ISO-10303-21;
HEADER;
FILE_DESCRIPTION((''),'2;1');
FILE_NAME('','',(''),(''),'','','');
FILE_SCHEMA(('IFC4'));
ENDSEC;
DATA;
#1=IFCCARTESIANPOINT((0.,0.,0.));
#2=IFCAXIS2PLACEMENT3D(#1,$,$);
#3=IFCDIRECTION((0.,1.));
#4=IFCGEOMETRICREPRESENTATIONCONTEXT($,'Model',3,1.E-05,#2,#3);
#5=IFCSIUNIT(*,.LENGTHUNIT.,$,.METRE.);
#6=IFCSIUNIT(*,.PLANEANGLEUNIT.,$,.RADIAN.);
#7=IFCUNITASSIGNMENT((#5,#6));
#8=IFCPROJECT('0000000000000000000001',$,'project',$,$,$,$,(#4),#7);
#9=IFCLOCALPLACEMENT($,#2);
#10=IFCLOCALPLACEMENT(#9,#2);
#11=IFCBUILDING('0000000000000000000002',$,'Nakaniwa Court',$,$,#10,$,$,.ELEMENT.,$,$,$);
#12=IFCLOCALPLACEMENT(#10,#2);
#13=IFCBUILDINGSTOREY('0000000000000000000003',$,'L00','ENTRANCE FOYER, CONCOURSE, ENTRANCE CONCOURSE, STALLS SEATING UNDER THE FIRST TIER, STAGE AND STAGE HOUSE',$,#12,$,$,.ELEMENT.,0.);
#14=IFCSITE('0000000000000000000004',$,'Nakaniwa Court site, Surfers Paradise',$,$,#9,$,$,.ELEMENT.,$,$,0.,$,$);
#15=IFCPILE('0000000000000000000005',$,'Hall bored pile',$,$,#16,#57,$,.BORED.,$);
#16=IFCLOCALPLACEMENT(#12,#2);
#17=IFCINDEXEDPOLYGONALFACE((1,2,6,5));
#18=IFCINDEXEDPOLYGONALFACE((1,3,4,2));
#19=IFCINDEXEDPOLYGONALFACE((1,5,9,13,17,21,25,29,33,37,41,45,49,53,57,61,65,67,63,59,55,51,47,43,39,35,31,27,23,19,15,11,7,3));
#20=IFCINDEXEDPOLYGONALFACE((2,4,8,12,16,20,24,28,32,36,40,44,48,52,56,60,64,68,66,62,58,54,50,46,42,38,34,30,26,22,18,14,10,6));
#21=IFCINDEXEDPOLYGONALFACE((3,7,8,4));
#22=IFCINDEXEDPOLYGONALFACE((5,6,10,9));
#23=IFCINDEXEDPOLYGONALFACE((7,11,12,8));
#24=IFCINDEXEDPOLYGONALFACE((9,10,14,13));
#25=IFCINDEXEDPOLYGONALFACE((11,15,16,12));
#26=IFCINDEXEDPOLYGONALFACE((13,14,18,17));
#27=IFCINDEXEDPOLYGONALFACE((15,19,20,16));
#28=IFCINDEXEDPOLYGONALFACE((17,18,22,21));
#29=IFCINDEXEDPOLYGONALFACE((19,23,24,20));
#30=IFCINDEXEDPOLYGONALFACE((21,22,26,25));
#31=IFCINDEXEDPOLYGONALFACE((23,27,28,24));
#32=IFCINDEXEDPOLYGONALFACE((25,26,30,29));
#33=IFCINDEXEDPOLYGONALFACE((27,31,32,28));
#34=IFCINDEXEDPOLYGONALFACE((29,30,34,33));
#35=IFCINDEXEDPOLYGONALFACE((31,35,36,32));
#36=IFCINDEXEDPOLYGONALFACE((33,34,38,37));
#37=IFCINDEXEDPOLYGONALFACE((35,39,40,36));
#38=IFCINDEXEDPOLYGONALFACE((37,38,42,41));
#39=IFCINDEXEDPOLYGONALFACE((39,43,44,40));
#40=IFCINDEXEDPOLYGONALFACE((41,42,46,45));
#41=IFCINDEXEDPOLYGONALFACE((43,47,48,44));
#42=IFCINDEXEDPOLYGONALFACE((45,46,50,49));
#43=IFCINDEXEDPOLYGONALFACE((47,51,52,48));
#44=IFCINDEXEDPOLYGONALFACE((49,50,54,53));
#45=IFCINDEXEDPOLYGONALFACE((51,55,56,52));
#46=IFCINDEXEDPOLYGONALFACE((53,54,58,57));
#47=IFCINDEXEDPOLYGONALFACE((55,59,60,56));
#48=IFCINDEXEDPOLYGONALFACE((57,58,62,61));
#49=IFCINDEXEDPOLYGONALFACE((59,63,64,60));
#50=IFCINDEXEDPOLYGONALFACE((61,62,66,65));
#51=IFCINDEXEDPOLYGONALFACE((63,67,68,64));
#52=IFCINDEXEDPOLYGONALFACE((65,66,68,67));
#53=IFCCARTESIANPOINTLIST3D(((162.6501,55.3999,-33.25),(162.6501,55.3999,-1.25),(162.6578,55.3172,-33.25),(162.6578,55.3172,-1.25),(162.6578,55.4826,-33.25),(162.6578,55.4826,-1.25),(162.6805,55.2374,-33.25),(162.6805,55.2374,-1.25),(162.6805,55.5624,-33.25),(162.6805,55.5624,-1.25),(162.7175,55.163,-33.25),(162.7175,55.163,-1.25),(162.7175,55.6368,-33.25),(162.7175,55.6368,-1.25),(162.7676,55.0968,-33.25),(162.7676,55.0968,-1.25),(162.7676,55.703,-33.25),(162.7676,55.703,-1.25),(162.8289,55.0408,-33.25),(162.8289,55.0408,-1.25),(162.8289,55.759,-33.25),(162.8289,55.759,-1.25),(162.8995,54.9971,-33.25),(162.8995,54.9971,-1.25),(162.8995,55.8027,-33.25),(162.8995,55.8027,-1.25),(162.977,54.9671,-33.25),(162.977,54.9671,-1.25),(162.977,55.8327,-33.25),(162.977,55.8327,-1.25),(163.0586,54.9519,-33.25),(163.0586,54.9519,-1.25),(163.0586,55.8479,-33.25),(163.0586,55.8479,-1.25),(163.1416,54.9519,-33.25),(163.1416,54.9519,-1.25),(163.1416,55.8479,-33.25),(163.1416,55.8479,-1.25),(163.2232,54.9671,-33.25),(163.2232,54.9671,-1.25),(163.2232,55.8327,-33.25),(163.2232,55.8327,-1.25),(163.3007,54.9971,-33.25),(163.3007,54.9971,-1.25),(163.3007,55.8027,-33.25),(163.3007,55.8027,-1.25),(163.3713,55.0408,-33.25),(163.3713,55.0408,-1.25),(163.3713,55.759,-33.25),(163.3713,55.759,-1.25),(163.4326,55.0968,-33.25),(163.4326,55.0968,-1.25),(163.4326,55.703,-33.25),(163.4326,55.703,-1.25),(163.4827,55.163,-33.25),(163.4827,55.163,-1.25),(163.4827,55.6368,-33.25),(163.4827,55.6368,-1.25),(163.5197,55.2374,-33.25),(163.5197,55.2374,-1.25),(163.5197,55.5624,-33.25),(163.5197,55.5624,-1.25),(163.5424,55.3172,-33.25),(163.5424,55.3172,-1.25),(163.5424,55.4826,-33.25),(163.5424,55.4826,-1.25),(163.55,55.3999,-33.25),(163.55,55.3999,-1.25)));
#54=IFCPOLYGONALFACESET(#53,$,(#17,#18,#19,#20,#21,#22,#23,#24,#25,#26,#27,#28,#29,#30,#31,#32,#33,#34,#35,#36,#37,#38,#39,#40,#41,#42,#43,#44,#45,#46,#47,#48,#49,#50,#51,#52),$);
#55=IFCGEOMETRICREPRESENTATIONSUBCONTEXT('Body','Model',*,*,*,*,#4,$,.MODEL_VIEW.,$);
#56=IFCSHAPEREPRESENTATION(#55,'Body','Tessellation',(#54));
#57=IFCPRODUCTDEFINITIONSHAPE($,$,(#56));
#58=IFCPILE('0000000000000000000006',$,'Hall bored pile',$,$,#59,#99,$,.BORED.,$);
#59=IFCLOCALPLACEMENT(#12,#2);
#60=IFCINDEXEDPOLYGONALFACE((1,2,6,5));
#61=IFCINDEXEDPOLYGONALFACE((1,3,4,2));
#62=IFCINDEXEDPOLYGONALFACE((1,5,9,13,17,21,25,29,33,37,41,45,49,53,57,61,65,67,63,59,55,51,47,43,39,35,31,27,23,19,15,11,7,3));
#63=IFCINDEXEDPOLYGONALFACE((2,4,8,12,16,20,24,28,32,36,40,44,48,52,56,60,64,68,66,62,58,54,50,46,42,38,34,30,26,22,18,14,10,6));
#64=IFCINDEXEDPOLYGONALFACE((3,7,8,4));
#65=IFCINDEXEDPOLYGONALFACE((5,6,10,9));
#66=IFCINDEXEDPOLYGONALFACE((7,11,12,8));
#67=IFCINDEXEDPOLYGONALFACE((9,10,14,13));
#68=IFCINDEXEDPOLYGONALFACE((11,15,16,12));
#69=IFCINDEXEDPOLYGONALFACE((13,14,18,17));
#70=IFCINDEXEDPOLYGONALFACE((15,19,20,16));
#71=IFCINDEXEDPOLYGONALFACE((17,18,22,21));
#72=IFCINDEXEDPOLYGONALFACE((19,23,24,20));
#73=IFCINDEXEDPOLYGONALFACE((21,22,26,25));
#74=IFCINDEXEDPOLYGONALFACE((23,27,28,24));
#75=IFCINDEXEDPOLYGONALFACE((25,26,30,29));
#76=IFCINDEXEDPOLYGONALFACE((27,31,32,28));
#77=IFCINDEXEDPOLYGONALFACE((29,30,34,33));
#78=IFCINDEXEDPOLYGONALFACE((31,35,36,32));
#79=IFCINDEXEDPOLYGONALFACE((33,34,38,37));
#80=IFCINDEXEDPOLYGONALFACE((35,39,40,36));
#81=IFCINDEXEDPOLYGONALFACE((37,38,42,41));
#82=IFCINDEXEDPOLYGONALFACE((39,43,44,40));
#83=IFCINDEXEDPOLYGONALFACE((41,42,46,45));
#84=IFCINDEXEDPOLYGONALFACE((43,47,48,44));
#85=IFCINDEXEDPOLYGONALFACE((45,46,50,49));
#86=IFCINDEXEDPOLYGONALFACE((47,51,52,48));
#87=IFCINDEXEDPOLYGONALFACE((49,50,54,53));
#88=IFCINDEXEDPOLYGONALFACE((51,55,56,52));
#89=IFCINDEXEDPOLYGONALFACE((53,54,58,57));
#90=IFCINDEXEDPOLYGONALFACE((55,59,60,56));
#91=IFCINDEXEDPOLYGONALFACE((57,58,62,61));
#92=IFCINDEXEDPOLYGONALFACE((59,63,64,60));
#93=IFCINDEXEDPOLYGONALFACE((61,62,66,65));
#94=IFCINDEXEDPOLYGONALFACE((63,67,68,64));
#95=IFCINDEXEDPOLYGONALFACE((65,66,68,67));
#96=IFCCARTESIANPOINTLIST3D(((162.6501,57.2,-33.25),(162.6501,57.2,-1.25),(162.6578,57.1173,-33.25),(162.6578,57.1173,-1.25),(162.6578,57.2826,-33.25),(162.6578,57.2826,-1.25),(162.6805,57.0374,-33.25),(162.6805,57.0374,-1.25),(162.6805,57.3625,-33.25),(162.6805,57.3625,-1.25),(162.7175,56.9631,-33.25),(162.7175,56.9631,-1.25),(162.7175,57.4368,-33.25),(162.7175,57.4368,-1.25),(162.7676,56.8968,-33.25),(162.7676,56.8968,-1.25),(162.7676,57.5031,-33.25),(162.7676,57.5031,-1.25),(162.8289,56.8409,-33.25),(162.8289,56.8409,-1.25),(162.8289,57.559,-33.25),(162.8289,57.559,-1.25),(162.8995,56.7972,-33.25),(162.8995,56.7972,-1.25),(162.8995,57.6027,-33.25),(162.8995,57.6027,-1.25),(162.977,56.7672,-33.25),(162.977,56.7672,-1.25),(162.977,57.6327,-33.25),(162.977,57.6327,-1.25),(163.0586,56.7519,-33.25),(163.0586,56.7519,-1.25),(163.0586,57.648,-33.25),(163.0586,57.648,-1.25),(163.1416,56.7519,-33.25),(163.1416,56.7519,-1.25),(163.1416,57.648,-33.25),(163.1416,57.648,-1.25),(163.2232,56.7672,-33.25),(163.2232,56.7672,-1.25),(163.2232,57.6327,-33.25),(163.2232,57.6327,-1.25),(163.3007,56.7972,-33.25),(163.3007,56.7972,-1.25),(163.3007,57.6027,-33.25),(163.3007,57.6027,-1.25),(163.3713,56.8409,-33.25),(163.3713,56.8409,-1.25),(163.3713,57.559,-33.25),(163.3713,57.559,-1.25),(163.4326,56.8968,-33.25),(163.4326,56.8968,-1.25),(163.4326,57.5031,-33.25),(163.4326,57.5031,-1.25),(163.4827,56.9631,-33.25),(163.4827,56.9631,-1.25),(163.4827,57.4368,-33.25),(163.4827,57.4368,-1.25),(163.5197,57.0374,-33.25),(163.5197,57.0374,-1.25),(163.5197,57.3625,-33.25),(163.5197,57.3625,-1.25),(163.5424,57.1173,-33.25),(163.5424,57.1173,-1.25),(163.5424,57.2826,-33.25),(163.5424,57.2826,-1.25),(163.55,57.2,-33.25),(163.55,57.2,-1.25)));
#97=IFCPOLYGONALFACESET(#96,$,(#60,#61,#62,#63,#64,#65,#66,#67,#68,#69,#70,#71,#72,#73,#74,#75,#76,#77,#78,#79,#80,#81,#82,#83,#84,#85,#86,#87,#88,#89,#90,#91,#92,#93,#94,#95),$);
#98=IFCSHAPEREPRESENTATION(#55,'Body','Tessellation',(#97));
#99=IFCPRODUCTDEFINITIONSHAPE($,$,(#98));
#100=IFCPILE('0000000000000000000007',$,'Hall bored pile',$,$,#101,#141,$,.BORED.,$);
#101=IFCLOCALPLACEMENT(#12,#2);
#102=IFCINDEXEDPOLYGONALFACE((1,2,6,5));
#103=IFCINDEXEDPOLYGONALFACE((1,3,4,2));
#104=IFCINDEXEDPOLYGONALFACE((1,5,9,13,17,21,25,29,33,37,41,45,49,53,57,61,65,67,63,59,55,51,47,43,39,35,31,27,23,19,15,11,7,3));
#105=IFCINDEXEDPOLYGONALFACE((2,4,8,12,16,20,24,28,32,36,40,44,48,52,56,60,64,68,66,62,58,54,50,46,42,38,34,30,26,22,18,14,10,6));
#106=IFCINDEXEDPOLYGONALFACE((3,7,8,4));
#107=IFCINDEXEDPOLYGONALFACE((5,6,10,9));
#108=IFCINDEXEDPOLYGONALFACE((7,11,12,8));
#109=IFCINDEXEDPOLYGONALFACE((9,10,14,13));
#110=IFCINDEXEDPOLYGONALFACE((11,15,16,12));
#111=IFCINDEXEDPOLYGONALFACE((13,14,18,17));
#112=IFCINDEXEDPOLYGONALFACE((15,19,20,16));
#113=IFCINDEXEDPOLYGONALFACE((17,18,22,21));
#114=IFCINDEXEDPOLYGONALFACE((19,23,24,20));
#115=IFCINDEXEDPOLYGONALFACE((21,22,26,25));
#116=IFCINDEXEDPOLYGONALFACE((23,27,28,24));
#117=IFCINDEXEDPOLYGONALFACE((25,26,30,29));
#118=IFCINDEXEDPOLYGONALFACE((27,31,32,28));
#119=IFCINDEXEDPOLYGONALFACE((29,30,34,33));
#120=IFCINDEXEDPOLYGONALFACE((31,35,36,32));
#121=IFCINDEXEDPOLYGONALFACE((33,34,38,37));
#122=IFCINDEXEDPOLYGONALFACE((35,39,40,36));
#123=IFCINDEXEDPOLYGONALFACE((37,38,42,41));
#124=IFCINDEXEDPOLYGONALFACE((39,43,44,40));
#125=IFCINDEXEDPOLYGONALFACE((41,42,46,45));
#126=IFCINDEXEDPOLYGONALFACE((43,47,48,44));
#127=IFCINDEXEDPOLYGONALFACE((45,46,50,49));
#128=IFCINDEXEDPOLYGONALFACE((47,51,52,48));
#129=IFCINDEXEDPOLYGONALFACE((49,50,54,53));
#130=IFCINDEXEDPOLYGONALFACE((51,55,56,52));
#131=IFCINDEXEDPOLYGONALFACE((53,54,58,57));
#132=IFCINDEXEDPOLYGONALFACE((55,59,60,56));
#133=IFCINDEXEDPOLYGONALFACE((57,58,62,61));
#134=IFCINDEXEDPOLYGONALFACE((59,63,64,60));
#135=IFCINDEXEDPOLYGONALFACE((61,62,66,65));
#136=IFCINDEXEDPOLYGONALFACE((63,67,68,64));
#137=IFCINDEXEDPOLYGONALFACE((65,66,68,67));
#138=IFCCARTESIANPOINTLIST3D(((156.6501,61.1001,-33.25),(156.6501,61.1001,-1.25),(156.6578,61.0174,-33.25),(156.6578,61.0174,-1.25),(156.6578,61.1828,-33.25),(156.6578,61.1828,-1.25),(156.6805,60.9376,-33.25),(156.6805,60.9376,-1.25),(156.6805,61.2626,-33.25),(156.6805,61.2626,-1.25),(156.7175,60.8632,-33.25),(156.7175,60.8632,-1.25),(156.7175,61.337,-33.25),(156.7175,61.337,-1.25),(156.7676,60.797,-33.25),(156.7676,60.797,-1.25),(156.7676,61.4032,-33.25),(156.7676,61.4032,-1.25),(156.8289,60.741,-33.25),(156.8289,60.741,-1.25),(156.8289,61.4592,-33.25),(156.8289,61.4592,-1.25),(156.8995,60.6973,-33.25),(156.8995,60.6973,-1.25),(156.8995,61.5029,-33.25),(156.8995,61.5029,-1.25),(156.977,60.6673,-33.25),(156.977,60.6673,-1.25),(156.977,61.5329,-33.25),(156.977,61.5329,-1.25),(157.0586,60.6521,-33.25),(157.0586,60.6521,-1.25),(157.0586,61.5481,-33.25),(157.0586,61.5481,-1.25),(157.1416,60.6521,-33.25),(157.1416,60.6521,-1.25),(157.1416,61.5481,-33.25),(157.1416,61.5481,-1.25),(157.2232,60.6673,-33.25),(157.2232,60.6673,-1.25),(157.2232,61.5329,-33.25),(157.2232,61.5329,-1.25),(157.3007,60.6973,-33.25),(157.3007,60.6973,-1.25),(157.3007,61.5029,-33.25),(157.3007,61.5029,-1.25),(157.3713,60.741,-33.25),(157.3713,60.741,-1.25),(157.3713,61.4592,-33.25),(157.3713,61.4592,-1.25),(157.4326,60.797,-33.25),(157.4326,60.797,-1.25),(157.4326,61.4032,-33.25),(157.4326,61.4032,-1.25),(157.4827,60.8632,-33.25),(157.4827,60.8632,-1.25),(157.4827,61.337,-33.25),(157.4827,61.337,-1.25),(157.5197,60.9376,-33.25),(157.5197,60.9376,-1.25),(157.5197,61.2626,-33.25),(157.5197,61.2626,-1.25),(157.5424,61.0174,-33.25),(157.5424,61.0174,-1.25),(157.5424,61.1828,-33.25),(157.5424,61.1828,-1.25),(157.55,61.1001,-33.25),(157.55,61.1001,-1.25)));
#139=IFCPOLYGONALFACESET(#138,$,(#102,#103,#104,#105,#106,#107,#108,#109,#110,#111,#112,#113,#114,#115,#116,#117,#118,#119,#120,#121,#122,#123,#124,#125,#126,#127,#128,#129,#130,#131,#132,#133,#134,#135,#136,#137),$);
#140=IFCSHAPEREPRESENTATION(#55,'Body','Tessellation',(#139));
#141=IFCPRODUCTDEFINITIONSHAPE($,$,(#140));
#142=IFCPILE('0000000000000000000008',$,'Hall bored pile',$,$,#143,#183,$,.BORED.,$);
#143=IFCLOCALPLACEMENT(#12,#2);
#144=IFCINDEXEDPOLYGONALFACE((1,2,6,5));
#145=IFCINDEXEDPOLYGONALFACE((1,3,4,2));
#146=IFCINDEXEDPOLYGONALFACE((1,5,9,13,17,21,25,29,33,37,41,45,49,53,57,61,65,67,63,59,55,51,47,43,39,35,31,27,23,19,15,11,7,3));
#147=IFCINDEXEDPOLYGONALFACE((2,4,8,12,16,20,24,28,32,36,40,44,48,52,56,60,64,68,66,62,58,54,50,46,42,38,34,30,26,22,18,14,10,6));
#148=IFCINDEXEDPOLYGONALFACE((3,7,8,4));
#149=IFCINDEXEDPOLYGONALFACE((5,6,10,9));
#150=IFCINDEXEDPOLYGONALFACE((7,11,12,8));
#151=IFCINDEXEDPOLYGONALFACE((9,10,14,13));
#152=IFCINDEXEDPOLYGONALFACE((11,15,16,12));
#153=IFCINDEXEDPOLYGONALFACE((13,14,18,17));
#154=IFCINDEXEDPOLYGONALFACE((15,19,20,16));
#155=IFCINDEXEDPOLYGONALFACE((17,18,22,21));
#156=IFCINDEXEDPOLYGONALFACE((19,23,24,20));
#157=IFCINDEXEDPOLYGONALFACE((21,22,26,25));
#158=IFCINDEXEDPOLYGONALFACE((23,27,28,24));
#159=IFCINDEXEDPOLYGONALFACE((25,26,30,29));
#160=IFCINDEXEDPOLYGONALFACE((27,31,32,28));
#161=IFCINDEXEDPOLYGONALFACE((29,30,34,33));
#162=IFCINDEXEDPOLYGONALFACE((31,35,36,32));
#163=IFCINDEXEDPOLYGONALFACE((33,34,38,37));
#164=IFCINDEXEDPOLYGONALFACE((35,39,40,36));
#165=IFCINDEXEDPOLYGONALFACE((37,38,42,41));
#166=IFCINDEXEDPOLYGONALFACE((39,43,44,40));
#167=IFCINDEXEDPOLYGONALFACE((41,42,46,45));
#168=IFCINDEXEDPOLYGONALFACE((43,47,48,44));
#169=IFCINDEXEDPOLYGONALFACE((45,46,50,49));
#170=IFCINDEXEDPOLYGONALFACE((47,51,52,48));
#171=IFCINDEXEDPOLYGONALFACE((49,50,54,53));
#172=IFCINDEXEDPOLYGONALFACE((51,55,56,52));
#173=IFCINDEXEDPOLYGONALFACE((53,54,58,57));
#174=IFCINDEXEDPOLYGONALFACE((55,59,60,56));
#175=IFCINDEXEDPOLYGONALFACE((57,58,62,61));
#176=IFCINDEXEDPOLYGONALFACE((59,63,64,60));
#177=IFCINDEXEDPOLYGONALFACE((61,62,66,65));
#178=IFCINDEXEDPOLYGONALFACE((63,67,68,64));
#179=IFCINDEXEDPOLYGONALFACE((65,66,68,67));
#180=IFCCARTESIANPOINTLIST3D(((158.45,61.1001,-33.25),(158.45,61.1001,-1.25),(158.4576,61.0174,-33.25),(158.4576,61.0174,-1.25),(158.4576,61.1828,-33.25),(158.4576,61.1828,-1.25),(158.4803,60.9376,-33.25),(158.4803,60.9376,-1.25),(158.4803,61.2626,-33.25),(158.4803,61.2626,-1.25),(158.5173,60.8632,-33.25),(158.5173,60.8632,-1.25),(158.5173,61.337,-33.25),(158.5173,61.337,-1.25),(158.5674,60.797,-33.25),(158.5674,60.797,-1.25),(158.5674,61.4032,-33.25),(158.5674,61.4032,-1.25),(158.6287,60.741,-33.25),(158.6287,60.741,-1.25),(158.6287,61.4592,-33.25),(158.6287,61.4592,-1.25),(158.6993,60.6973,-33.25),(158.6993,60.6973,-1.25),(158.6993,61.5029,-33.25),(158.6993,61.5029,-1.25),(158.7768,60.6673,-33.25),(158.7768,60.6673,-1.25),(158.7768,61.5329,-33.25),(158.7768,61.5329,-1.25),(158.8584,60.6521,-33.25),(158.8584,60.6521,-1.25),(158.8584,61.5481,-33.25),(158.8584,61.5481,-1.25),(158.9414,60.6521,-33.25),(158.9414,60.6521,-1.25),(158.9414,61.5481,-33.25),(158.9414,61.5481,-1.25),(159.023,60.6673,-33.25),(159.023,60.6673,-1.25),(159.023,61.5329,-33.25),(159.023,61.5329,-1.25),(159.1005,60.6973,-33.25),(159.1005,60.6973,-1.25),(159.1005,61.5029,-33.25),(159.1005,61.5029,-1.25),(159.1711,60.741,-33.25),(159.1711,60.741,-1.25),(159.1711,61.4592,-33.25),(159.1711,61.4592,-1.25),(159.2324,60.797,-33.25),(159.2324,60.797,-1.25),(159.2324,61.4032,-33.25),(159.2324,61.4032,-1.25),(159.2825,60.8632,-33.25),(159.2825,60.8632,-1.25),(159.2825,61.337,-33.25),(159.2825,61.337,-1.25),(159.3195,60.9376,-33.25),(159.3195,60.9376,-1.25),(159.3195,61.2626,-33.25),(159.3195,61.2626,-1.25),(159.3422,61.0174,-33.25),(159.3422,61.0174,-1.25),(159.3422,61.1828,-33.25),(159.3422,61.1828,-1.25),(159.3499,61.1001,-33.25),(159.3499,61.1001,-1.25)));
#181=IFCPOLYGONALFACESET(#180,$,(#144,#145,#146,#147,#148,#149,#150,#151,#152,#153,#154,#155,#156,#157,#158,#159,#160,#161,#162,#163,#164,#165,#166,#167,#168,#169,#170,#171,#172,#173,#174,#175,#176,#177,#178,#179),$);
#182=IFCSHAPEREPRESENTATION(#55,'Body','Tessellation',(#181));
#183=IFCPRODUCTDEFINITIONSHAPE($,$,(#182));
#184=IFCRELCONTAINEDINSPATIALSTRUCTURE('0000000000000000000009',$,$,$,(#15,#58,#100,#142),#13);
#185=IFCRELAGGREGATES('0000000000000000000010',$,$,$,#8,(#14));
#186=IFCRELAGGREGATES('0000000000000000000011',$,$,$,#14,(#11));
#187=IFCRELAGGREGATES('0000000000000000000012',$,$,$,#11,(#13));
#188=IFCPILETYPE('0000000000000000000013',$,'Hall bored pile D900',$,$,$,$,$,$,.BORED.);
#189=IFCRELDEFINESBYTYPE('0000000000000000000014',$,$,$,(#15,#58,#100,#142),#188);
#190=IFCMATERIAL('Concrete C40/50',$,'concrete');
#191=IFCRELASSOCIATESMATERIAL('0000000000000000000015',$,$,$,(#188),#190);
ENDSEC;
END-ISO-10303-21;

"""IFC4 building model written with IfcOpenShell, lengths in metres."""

from ifc_helpers import new_model, si_unit, direction, frame, origin, origin_2d, place, context, subcontext, project, spatial, circle, extrude, material, material_profile, profile_set, type_object, element, save


model = new_model("IFC4")

# Units and contexts
model_context = context("Model", 3, precision=1e-05, world=origin(), true_north=direction((0.0, 1.0)))
body_context = subcontext(model_context, "Body", "Model", "MODEL_VIEW")
ifc_project = project(units=[si_unit("LENGTHUNIT", "METRE"), si_unit("PLANEANGLEUNIT", "RADIAN")], contexts=[model_context])

# Site, building, storey
site_placement = place(None, origin())
site = spatial("IfcSite", under=ifc_project, at=site_placement, Name="Nakaniwa Court site, Surfers Paradise", CompositionType="ELEMENT", RefElevation=0.0)
building_placement = place(site_placement, origin())
building = spatial("IfcBuilding", under=site, at=building_placement, Name="Nakaniwa Court", CompositionType="ELEMENT")
storey_placement = place(building_placement, origin())
storey = spatial("IfcBuildingStorey", under=building, at=storey_placement, Name="L00", Description="ENTRANCE FOYER, CONCOURSE, ENTRANCE CONCOURSE, STALLS SEATING UNDER THE FIRST TIER, STAGE AND STAGE HOUSE", CompositionType="ELEMENT", Elevation=0.0)

# Piles
ifc_material_1 = material(Name="Concrete C40/50", Category="concrete")
ifc_material_profile_1 = material_profile(ifc_material_1, circle(Radius=0.45, at=origin_2d()), Name="Bored pile D900")
ifc_profile_set_1 = profile_set([ifc_material_profile_1], Name="Concrete C40/50")
pile_type = type_object("IfcPileType", Name="Hall bored pile D900", PredefinedType="BORED", material=ifc_profile_set_1)
for number, where, z_axis, x_axis, name in (
    (1, (163.1001, 55.3999, -1.25), (0.0, 0.0, -1.0), (1.0, 0.0, 0.0), "Hall bored pile"),
    (2, (163.1001, 57.2, -1.25), (0.0, 0.0, -1.0), (1.0, 0.0, 0.0), "Hall bored pile"),
    (3, (157.1001, 61.1001, -1.25), (0.0, 0.0, -1.0), (1.0, 0.0, 0.0), "Hall bored pile"),
    (4, (158.8999, 61.1001, -1.25), (0.0, 0.0, -1.0), (1.0, 0.0, 0.0), "Hall bored pile"),
):
    element("IfcPile", number, at=place(storey_placement, frame(where, z_axis=z_axis, x_axis=x_axis)), inside=storey, type_object=pile_type, Name=name, PredefinedType="BORED", context=body_context, shape_type="SweptSolid", body=[
        extrude(circle(Radius=0.45, at=origin_2d()), origin(), (0.0, 0.0, 1.0), 32.0),
    ])

save(model, "model.ifc")
